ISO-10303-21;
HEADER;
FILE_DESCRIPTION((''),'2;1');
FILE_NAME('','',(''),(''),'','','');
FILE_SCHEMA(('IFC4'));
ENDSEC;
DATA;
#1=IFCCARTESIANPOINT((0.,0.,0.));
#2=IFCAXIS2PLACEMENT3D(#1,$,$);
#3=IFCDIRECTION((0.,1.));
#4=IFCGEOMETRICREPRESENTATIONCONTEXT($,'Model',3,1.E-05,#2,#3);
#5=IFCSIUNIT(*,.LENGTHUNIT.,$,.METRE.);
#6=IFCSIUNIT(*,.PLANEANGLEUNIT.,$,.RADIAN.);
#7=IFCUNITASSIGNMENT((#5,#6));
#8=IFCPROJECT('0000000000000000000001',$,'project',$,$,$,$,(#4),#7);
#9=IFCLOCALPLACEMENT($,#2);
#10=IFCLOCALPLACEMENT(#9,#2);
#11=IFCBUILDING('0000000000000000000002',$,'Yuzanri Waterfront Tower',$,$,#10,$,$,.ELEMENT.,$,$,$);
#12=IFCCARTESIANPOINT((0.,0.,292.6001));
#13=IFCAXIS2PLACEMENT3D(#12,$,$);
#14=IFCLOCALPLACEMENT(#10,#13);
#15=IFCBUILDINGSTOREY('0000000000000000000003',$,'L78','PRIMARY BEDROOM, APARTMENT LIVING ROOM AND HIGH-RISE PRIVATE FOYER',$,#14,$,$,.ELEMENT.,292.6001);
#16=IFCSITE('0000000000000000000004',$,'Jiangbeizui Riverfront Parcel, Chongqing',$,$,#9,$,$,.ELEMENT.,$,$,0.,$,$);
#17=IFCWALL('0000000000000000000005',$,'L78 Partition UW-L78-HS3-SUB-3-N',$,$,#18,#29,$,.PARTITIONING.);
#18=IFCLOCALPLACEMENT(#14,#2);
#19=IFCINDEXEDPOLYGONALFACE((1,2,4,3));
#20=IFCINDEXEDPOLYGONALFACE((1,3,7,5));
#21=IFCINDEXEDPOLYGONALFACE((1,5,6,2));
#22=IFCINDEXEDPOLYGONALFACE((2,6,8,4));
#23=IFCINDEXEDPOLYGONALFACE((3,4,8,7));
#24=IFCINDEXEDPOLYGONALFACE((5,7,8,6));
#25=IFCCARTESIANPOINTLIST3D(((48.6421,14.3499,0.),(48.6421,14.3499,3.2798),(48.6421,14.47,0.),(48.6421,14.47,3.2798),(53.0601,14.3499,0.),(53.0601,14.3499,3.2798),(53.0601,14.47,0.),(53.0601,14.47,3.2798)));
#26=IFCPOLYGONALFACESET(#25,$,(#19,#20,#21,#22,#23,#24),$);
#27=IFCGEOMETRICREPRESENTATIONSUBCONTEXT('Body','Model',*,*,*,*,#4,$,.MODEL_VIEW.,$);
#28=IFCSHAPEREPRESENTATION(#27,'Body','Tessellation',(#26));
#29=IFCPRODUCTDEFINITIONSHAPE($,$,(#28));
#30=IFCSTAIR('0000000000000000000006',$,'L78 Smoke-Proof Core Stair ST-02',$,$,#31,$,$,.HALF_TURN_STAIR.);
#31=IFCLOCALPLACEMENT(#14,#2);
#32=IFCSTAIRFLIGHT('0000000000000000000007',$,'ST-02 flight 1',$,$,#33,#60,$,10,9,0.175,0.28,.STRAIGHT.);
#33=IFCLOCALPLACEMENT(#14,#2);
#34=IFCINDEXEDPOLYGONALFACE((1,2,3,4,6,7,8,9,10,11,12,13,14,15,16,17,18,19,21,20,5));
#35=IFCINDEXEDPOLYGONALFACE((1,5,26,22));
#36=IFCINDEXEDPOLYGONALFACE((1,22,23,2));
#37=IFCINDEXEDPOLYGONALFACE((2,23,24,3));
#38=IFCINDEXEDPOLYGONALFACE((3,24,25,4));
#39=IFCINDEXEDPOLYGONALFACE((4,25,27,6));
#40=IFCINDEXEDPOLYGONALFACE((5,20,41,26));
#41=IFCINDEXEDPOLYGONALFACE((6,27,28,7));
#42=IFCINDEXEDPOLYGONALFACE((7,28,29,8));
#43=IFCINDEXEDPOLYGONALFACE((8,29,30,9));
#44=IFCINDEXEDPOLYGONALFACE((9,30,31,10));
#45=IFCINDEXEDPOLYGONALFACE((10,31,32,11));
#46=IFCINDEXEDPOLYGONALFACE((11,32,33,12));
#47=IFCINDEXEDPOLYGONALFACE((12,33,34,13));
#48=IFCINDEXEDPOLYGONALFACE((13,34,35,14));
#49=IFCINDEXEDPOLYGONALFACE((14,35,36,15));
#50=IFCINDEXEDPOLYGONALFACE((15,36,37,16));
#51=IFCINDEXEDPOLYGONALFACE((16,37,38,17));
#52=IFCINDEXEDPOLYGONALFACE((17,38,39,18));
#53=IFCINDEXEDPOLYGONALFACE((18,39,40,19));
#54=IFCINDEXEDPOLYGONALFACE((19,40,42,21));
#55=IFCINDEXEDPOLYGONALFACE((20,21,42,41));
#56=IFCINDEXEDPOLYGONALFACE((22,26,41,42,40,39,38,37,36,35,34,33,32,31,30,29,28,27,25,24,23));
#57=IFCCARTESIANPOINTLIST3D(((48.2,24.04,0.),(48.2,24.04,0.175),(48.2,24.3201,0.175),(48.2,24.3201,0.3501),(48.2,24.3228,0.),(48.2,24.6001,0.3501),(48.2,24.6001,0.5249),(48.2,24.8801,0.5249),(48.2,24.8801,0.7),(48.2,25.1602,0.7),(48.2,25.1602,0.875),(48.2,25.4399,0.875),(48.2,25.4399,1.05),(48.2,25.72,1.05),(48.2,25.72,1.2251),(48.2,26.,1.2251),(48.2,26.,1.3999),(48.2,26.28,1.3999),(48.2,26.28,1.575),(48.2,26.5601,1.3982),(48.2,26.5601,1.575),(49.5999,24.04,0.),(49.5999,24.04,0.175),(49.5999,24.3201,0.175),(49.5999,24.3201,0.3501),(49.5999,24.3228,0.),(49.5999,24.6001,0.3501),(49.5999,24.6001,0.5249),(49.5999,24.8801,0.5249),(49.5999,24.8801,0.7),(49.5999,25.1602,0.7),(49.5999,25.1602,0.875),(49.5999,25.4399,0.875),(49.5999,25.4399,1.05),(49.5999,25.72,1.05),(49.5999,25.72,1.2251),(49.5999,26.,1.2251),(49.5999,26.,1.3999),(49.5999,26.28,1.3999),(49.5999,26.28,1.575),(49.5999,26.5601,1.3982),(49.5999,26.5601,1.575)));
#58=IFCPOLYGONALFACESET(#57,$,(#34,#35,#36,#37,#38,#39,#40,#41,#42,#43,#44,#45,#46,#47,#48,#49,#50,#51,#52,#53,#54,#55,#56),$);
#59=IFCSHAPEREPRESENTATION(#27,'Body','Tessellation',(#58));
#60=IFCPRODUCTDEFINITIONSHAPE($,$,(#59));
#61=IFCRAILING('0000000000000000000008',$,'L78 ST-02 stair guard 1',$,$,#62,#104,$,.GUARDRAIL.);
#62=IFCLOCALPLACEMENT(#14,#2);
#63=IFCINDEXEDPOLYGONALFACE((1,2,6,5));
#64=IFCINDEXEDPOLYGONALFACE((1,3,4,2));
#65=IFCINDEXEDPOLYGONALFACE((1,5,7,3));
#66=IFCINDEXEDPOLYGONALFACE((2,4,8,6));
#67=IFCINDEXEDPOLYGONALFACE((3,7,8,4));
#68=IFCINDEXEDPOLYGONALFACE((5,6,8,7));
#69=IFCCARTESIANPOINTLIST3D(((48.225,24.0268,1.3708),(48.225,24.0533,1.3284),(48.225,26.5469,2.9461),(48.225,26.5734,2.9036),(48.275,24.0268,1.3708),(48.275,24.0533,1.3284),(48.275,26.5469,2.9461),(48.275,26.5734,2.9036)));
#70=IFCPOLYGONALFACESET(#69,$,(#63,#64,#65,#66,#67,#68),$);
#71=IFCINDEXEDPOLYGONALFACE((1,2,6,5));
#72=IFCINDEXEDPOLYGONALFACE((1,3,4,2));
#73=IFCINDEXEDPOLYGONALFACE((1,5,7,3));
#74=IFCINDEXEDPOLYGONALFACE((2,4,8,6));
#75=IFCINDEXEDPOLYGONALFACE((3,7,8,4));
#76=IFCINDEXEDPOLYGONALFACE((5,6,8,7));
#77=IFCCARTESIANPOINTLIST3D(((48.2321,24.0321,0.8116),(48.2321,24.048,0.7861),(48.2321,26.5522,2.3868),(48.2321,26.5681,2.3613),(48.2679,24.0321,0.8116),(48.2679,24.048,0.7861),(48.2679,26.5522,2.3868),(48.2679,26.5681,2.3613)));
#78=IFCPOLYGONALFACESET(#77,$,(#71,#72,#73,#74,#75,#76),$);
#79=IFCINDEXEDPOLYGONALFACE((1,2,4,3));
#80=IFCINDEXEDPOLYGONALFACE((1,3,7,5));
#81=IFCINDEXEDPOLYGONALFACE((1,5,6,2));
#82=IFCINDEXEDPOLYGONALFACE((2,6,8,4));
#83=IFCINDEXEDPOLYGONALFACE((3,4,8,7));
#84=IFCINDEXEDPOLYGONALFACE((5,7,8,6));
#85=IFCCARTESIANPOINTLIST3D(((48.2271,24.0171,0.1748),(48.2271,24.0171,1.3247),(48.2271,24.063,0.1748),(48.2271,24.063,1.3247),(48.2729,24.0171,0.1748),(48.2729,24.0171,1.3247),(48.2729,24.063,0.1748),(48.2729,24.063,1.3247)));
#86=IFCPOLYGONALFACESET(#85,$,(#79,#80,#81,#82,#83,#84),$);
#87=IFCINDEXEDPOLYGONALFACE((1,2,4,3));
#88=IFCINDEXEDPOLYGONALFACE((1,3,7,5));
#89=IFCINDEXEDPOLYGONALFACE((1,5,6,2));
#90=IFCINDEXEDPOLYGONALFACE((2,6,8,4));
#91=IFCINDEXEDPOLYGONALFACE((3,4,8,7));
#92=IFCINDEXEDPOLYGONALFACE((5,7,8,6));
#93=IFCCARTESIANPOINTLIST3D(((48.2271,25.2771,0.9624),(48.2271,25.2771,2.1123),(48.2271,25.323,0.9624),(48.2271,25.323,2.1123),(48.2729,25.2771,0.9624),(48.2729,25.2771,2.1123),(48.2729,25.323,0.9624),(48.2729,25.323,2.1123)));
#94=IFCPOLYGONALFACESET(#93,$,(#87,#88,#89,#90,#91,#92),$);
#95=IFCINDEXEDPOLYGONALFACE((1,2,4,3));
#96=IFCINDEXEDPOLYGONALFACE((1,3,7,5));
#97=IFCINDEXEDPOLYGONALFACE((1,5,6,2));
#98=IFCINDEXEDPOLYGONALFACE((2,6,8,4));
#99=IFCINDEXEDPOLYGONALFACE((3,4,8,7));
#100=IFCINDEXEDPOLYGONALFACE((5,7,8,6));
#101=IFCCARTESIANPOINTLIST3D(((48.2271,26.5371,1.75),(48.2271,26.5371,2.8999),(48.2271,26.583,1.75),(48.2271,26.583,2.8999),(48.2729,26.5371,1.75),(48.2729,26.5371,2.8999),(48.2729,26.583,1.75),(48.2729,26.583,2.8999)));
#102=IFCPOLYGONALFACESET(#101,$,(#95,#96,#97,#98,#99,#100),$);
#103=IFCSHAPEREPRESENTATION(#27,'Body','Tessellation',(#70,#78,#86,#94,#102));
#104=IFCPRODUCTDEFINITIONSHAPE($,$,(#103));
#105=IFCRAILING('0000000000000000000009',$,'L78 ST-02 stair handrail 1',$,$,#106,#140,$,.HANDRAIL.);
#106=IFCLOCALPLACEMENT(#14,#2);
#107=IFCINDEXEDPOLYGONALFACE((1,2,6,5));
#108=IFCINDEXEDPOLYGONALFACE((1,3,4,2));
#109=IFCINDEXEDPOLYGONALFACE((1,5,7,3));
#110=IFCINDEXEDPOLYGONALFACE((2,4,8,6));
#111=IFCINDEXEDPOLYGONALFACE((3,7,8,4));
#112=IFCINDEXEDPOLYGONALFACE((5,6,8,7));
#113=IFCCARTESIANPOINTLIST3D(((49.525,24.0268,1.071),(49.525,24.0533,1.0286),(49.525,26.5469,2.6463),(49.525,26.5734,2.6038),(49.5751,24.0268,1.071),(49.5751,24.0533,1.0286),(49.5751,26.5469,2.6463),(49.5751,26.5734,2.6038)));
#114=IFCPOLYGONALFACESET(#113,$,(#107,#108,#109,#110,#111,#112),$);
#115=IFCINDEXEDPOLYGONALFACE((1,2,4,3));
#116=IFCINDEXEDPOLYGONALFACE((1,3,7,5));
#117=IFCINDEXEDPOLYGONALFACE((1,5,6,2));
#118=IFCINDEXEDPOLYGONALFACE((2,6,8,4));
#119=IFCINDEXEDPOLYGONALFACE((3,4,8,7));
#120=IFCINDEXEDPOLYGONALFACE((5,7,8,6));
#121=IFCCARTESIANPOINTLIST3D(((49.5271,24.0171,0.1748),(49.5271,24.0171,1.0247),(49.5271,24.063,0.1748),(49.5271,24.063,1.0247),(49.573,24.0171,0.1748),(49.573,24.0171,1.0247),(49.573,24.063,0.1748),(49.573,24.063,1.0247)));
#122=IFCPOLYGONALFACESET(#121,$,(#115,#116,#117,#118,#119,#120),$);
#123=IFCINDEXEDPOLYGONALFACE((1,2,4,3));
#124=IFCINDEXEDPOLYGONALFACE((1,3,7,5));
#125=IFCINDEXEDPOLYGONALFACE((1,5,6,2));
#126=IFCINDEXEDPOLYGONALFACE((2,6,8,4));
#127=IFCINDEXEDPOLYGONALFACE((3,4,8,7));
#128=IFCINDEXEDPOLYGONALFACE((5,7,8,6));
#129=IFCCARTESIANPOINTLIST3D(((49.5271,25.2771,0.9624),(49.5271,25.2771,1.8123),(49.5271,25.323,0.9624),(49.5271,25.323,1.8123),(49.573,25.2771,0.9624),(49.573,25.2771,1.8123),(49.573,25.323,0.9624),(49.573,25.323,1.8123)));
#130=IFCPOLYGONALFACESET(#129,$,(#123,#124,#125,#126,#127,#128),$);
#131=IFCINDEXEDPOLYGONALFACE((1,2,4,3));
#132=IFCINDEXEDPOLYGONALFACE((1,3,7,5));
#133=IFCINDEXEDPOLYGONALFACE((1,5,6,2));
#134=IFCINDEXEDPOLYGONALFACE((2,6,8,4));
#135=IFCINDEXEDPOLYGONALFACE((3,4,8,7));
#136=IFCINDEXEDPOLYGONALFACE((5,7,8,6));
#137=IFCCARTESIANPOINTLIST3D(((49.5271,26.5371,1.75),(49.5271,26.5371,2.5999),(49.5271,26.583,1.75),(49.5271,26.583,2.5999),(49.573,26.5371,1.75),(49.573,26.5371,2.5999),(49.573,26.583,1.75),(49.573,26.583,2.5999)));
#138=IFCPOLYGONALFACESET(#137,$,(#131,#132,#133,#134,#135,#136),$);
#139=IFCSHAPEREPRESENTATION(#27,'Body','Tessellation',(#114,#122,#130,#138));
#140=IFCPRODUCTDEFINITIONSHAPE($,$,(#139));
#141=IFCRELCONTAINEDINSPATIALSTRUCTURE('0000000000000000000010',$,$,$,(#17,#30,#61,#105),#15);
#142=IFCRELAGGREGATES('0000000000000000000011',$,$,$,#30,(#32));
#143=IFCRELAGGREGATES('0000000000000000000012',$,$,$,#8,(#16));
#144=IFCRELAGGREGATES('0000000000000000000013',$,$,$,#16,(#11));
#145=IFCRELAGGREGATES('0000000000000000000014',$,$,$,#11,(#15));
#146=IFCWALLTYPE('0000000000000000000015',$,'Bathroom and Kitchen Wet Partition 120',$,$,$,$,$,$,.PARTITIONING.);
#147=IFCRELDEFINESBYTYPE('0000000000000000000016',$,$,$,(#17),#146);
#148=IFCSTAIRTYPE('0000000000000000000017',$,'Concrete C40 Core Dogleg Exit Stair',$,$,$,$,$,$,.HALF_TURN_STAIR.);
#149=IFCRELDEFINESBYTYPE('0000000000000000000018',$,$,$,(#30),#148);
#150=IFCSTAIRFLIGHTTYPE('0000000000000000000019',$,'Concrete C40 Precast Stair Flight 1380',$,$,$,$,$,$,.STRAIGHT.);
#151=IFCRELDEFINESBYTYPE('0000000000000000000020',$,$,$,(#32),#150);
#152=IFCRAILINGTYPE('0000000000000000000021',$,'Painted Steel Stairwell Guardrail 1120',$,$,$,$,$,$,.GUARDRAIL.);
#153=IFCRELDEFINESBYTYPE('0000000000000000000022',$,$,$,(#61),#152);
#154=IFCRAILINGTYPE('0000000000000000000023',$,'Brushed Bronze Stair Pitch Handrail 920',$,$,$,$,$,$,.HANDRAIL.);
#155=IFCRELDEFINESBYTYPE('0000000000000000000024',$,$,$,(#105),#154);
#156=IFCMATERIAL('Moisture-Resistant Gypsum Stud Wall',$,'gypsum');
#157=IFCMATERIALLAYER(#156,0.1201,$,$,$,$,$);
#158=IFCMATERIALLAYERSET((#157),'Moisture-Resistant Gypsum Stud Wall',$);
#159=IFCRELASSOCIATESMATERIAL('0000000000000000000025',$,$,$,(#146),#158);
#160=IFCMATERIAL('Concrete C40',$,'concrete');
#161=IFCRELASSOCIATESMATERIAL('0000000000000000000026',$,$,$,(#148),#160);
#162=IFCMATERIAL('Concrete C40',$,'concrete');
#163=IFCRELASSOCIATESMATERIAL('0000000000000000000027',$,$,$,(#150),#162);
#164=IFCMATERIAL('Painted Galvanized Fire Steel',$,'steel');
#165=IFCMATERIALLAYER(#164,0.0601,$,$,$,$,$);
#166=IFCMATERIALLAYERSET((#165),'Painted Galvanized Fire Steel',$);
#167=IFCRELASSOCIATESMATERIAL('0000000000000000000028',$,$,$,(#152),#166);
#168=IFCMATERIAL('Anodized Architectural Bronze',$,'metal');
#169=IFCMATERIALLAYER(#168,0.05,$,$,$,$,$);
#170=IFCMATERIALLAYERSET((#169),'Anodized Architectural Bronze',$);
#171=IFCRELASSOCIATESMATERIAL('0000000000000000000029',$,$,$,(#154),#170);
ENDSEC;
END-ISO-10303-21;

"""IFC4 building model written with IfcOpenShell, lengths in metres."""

from ifc_helpers import new_model, si_unit, direction, frame, frame_2d, origin, origin_2d, place, context, subcontext, project, spatial, polyline, rectangle, outline, extrude, source, transform, mapped, material, layer, layer_set, type_object, element, aggregate, save


model = new_model("IFC4")

# Units and contexts
model_context = context("Model", 3, precision=1e-05, world=origin(), true_north=direction((0.0, 1.0)))
body_context = subcontext(model_context, "Body", "Model", "MODEL_VIEW")
ifc_project = project(units=[si_unit("LENGTHUNIT", "METRE"), si_unit("PLANEANGLEUNIT", "RADIAN")], contexts=[model_context])

# Site, building, storey
site_placement = place(None, origin())
site = spatial("IfcSite", under=ifc_project, at=site_placement, Name="Jiangbeizui Riverfront Parcel, Chongqing", CompositionType="ELEMENT", RefElevation=0.0)
building_placement = place(site_placement, origin())
building = spatial("IfcBuilding", under=site, at=building_placement, Name="Yuzanri Waterfront Tower", CompositionType="ELEMENT")
storey_placement = place(building_placement, frame((0.0, 0.0, 292.6001)))
storey = spatial("IfcBuildingStorey", under=building, at=storey_placement, Name="L78", Description="PRIMARY BEDROOM, APARTMENT LIVING ROOM AND HIGH-RISE PRIVATE FOYER", CompositionType="ELEMENT", Elevation=292.6001)

# Shared definitions
ifc_material_1 = material(Name="Moisture-Resistant Gypsum Stud Wall", Category="gypsum")
ifc_layer_1 = layer(ifc_material_1, 0.1201)
ifc_layer_set_1 = layer_set([ifc_layer_1], Name="Moisture-Resistant Gypsum Stud Wall")
wall_type_1 = type_object("IfcWallType", Name="Bathroom and Kitchen Wet Partition 120", PredefinedType="PARTITIONING", material=ifc_layer_set_1)

# Wall
shared_shape_1 = source(origin(), body_context, "Body", "SweptSolid", [
    extrude(rectangle(XDim=4.418, YDim=0.1201, at=frame_2d((2.209, 0.0))), origin(), (0.0, 0.0, 1.0), 3.2798),
])
wall_1_placement = place(storey_placement, frame((48.6421, 14.4099, 0.0), z_axis=(0.0, 0.0, 1.0), x_axis=(1.0, 0.0, 0.0)))
element("IfcWall", 1, at=wall_1_placement, inside=storey, type_object=wall_type_1, Name="L78 Partition UW-L78-HS3-SUB-3-N", PredefinedType="PARTITIONING", context=body_context, shape_type="MappedRepresentation", body=[
    mapped(shared_shape_1, transform((0.0, 0.0, 0.0), scale=1.0)),
])

# Stair, stair flight
ifc_material_2 = material(Name="Concrete C40", Category="concrete")
stair_type = type_object("IfcStairType", Name="Concrete C40 Core Dogleg Exit Stair", PredefinedType="HALF_TURN_STAIR", material=ifc_material_2)
stair_placement = place(storey_placement, origin())
stair = element("IfcStair", 2, at=stair_placement, inside=storey, type_object=stair_type, Name="L78 Smoke-Proof Core Stair ST-02", PredefinedType="HALF_TURN_STAIR")
ifc_material_3 = material(Name="Concrete C40", Category="concrete")
stair_flight_type = type_object("IfcStairFlightType", Name="Concrete C40 Precast Stair Flight 1380", PredefinedType="STRAIGHT", material=ifc_material_3)
shared_shape_2 = source(origin(), body_context, "Body", "SweptSolid", [
    extrude(outline(polyline([(0.0, 0.0), (0.0, 0.175), (0.28, 0.175), (0.28, 0.3501), (0.5601, 0.3501), (0.5601, 0.5249), (0.8401, 0.5249), (0.8401, 0.7), (1.1201, 0.7), (1.1201, 0.875), (1.3999, 0.875), (1.3999, 1.05), (1.6799, 1.05), (1.6799, 1.2251), (1.96, 1.2251), (1.96, 1.3999), (2.24, 1.3999), (2.24, 1.575), (2.52, 1.575), (2.52, 1.75), (2.52, 1.3982), (0.2827, 0.0), (0.0, 0.0)])), frame((0.0, 0.7, 0.0), z_axis=(0.0, -1.0, 0.0), x_axis=(1.0, 0.0, 0.0)), (0.0, 0.0, 1.0), 1.3999),
])
stair_flight_placement = place(storey_placement, frame((48.8999, 24.04, 0.0), z_axis=(0.0, 0.0, 1.0), x_axis=(0.0, 1.0, 0.0)))
stair_flight = element("IfcStairFlight", 3, at=stair_flight_placement, type_object=stair_flight_type, Name="ST-02 flight 1", NumberOfRisers=10, NumberOfTreads=9, PredefinedType="STRAIGHT", RiserHeight=0.175, TreadLength=0.28, context=body_context, shape_type="MappedRepresentation", body=[
    mapped(shared_shape_2, transform((0.0, 0.0, 0.0), scale=1.0)),
])
aggregate(stair, [stair_flight])

# Railings
ifc_material_4 = material(Name="Painted Galvanized Fire Steel", Category="steel")
ifc_layer_2 = layer(ifc_material_4, 0.0601)
ifc_layer_set_2 = layer_set([ifc_layer_2], Name="Painted Galvanized Fire Steel")
railing_type_1 = type_object("IfcRailingType", Name="Painted Steel Stairwell Guardrail 1120", PredefinedType="GUARDRAIL", material=ifc_layer_set_2)
shared_shape_3 = source(origin(), body_context, "Body", "SweptSolid", [
    extrude(rectangle(XDim=0.05, YDim=0.05, at=origin_2d()), frame((0.0, 0.0, 1.1748), z_axis=(0.0, 0.847971, 0.530043), x_axis=(-1.0, 0.0, 0.0)), (0.0, 0.0, 1.0), 2.9719),
    extrude(rectangle(XDim=0.0359, YDim=0.03, at=origin_2d()), frame((0.0, 0.0, 0.624), z_axis=(0.0, 0.847971, 0.530043), x_axis=(-1.0, 0.0, 0.0)), (0.0, 0.0, 1.0), 2.9719),
    extrude(rectangle(XDim=0.0459, YDim=0.0459, at=origin_2d()), origin(), (0.0, 0.0, 1.0), 1.1499),
    extrude(rectangle(XDim=0.0459, YDim=0.0459, at=origin_2d()), frame((0.0, 1.26, 0.7876)), (0.0, 0.0, 1.0), 1.1499),
    extrude(rectangle(XDim=0.0459, YDim=0.0459, at=origin_2d()), frame((0.0, 2.52, 1.5752)), (0.0, 0.0, 1.0), 1.1499),
])
railing_1_placement = place(storey_placement, frame((48.25, 24.04, 0.1748)))
element("IfcRailing", 4, at=railing_1_placement, inside=storey, type_object=railing_type_1, Name="L78 ST-02 stair guard 1", PredefinedType="GUARDRAIL", context=body_context, shape_type="MappedRepresentation", body=[
    mapped(shared_shape_3, transform((0.0, 0.0, 0.0), scale=1.0)),
])
ifc_material_5 = material(Name="Anodized Architectural Bronze", Category="metal")
ifc_layer_3 = layer(ifc_material_5, 0.05)
ifc_layer_set_3 = layer_set([ifc_layer_3], Name="Anodized Architectural Bronze")
railing_type_2 = type_object("IfcRailingType", Name="Brushed Bronze Stair Pitch Handrail 920", PredefinedType="HANDRAIL", material=ifc_layer_set_3)
shared_shape_4 = source(origin(), body_context, "Body", "SweptSolid", [
    extrude(rectangle(XDim=0.05, YDim=0.05, at=origin_2d()), frame((0.0, 0.0, 0.875), z_axis=(0.0, 0.847971, 0.530043), x_axis=(-1.0, 0.0, 0.0)), (0.0, 0.0, 1.0), 2.9719),
    extrude(rectangle(XDim=0.0459, YDim=0.0459, at=origin_2d()), origin(), (0.0, 0.0, 1.0), 0.8499),
    extrude(rectangle(XDim=0.0459, YDim=0.0459, at=origin_2d()), frame((0.0, 1.26, 0.7876)), (0.0, 0.0, 1.0), 0.8499),
    extrude(rectangle(XDim=0.0459, YDim=0.0459, at=origin_2d()), frame((0.0, 2.52, 1.5752)), (0.0, 0.0, 1.0), 0.8499),
])
railing_2_placement = place(storey_placement, frame((49.55, 24.04, 0.1748)))
element("IfcRailing", 5, at=railing_2_placement, inside=storey, type_object=railing_type_2, Name="L78 ST-02 stair handrail 1", PredefinedType="HANDRAIL", context=body_context, shape_type="MappedRepresentation", body=[
    mapped(shared_shape_4, transform((0.0, 0.0, 0.0), scale=1.0)),
])

save(model, "model.ifc")
